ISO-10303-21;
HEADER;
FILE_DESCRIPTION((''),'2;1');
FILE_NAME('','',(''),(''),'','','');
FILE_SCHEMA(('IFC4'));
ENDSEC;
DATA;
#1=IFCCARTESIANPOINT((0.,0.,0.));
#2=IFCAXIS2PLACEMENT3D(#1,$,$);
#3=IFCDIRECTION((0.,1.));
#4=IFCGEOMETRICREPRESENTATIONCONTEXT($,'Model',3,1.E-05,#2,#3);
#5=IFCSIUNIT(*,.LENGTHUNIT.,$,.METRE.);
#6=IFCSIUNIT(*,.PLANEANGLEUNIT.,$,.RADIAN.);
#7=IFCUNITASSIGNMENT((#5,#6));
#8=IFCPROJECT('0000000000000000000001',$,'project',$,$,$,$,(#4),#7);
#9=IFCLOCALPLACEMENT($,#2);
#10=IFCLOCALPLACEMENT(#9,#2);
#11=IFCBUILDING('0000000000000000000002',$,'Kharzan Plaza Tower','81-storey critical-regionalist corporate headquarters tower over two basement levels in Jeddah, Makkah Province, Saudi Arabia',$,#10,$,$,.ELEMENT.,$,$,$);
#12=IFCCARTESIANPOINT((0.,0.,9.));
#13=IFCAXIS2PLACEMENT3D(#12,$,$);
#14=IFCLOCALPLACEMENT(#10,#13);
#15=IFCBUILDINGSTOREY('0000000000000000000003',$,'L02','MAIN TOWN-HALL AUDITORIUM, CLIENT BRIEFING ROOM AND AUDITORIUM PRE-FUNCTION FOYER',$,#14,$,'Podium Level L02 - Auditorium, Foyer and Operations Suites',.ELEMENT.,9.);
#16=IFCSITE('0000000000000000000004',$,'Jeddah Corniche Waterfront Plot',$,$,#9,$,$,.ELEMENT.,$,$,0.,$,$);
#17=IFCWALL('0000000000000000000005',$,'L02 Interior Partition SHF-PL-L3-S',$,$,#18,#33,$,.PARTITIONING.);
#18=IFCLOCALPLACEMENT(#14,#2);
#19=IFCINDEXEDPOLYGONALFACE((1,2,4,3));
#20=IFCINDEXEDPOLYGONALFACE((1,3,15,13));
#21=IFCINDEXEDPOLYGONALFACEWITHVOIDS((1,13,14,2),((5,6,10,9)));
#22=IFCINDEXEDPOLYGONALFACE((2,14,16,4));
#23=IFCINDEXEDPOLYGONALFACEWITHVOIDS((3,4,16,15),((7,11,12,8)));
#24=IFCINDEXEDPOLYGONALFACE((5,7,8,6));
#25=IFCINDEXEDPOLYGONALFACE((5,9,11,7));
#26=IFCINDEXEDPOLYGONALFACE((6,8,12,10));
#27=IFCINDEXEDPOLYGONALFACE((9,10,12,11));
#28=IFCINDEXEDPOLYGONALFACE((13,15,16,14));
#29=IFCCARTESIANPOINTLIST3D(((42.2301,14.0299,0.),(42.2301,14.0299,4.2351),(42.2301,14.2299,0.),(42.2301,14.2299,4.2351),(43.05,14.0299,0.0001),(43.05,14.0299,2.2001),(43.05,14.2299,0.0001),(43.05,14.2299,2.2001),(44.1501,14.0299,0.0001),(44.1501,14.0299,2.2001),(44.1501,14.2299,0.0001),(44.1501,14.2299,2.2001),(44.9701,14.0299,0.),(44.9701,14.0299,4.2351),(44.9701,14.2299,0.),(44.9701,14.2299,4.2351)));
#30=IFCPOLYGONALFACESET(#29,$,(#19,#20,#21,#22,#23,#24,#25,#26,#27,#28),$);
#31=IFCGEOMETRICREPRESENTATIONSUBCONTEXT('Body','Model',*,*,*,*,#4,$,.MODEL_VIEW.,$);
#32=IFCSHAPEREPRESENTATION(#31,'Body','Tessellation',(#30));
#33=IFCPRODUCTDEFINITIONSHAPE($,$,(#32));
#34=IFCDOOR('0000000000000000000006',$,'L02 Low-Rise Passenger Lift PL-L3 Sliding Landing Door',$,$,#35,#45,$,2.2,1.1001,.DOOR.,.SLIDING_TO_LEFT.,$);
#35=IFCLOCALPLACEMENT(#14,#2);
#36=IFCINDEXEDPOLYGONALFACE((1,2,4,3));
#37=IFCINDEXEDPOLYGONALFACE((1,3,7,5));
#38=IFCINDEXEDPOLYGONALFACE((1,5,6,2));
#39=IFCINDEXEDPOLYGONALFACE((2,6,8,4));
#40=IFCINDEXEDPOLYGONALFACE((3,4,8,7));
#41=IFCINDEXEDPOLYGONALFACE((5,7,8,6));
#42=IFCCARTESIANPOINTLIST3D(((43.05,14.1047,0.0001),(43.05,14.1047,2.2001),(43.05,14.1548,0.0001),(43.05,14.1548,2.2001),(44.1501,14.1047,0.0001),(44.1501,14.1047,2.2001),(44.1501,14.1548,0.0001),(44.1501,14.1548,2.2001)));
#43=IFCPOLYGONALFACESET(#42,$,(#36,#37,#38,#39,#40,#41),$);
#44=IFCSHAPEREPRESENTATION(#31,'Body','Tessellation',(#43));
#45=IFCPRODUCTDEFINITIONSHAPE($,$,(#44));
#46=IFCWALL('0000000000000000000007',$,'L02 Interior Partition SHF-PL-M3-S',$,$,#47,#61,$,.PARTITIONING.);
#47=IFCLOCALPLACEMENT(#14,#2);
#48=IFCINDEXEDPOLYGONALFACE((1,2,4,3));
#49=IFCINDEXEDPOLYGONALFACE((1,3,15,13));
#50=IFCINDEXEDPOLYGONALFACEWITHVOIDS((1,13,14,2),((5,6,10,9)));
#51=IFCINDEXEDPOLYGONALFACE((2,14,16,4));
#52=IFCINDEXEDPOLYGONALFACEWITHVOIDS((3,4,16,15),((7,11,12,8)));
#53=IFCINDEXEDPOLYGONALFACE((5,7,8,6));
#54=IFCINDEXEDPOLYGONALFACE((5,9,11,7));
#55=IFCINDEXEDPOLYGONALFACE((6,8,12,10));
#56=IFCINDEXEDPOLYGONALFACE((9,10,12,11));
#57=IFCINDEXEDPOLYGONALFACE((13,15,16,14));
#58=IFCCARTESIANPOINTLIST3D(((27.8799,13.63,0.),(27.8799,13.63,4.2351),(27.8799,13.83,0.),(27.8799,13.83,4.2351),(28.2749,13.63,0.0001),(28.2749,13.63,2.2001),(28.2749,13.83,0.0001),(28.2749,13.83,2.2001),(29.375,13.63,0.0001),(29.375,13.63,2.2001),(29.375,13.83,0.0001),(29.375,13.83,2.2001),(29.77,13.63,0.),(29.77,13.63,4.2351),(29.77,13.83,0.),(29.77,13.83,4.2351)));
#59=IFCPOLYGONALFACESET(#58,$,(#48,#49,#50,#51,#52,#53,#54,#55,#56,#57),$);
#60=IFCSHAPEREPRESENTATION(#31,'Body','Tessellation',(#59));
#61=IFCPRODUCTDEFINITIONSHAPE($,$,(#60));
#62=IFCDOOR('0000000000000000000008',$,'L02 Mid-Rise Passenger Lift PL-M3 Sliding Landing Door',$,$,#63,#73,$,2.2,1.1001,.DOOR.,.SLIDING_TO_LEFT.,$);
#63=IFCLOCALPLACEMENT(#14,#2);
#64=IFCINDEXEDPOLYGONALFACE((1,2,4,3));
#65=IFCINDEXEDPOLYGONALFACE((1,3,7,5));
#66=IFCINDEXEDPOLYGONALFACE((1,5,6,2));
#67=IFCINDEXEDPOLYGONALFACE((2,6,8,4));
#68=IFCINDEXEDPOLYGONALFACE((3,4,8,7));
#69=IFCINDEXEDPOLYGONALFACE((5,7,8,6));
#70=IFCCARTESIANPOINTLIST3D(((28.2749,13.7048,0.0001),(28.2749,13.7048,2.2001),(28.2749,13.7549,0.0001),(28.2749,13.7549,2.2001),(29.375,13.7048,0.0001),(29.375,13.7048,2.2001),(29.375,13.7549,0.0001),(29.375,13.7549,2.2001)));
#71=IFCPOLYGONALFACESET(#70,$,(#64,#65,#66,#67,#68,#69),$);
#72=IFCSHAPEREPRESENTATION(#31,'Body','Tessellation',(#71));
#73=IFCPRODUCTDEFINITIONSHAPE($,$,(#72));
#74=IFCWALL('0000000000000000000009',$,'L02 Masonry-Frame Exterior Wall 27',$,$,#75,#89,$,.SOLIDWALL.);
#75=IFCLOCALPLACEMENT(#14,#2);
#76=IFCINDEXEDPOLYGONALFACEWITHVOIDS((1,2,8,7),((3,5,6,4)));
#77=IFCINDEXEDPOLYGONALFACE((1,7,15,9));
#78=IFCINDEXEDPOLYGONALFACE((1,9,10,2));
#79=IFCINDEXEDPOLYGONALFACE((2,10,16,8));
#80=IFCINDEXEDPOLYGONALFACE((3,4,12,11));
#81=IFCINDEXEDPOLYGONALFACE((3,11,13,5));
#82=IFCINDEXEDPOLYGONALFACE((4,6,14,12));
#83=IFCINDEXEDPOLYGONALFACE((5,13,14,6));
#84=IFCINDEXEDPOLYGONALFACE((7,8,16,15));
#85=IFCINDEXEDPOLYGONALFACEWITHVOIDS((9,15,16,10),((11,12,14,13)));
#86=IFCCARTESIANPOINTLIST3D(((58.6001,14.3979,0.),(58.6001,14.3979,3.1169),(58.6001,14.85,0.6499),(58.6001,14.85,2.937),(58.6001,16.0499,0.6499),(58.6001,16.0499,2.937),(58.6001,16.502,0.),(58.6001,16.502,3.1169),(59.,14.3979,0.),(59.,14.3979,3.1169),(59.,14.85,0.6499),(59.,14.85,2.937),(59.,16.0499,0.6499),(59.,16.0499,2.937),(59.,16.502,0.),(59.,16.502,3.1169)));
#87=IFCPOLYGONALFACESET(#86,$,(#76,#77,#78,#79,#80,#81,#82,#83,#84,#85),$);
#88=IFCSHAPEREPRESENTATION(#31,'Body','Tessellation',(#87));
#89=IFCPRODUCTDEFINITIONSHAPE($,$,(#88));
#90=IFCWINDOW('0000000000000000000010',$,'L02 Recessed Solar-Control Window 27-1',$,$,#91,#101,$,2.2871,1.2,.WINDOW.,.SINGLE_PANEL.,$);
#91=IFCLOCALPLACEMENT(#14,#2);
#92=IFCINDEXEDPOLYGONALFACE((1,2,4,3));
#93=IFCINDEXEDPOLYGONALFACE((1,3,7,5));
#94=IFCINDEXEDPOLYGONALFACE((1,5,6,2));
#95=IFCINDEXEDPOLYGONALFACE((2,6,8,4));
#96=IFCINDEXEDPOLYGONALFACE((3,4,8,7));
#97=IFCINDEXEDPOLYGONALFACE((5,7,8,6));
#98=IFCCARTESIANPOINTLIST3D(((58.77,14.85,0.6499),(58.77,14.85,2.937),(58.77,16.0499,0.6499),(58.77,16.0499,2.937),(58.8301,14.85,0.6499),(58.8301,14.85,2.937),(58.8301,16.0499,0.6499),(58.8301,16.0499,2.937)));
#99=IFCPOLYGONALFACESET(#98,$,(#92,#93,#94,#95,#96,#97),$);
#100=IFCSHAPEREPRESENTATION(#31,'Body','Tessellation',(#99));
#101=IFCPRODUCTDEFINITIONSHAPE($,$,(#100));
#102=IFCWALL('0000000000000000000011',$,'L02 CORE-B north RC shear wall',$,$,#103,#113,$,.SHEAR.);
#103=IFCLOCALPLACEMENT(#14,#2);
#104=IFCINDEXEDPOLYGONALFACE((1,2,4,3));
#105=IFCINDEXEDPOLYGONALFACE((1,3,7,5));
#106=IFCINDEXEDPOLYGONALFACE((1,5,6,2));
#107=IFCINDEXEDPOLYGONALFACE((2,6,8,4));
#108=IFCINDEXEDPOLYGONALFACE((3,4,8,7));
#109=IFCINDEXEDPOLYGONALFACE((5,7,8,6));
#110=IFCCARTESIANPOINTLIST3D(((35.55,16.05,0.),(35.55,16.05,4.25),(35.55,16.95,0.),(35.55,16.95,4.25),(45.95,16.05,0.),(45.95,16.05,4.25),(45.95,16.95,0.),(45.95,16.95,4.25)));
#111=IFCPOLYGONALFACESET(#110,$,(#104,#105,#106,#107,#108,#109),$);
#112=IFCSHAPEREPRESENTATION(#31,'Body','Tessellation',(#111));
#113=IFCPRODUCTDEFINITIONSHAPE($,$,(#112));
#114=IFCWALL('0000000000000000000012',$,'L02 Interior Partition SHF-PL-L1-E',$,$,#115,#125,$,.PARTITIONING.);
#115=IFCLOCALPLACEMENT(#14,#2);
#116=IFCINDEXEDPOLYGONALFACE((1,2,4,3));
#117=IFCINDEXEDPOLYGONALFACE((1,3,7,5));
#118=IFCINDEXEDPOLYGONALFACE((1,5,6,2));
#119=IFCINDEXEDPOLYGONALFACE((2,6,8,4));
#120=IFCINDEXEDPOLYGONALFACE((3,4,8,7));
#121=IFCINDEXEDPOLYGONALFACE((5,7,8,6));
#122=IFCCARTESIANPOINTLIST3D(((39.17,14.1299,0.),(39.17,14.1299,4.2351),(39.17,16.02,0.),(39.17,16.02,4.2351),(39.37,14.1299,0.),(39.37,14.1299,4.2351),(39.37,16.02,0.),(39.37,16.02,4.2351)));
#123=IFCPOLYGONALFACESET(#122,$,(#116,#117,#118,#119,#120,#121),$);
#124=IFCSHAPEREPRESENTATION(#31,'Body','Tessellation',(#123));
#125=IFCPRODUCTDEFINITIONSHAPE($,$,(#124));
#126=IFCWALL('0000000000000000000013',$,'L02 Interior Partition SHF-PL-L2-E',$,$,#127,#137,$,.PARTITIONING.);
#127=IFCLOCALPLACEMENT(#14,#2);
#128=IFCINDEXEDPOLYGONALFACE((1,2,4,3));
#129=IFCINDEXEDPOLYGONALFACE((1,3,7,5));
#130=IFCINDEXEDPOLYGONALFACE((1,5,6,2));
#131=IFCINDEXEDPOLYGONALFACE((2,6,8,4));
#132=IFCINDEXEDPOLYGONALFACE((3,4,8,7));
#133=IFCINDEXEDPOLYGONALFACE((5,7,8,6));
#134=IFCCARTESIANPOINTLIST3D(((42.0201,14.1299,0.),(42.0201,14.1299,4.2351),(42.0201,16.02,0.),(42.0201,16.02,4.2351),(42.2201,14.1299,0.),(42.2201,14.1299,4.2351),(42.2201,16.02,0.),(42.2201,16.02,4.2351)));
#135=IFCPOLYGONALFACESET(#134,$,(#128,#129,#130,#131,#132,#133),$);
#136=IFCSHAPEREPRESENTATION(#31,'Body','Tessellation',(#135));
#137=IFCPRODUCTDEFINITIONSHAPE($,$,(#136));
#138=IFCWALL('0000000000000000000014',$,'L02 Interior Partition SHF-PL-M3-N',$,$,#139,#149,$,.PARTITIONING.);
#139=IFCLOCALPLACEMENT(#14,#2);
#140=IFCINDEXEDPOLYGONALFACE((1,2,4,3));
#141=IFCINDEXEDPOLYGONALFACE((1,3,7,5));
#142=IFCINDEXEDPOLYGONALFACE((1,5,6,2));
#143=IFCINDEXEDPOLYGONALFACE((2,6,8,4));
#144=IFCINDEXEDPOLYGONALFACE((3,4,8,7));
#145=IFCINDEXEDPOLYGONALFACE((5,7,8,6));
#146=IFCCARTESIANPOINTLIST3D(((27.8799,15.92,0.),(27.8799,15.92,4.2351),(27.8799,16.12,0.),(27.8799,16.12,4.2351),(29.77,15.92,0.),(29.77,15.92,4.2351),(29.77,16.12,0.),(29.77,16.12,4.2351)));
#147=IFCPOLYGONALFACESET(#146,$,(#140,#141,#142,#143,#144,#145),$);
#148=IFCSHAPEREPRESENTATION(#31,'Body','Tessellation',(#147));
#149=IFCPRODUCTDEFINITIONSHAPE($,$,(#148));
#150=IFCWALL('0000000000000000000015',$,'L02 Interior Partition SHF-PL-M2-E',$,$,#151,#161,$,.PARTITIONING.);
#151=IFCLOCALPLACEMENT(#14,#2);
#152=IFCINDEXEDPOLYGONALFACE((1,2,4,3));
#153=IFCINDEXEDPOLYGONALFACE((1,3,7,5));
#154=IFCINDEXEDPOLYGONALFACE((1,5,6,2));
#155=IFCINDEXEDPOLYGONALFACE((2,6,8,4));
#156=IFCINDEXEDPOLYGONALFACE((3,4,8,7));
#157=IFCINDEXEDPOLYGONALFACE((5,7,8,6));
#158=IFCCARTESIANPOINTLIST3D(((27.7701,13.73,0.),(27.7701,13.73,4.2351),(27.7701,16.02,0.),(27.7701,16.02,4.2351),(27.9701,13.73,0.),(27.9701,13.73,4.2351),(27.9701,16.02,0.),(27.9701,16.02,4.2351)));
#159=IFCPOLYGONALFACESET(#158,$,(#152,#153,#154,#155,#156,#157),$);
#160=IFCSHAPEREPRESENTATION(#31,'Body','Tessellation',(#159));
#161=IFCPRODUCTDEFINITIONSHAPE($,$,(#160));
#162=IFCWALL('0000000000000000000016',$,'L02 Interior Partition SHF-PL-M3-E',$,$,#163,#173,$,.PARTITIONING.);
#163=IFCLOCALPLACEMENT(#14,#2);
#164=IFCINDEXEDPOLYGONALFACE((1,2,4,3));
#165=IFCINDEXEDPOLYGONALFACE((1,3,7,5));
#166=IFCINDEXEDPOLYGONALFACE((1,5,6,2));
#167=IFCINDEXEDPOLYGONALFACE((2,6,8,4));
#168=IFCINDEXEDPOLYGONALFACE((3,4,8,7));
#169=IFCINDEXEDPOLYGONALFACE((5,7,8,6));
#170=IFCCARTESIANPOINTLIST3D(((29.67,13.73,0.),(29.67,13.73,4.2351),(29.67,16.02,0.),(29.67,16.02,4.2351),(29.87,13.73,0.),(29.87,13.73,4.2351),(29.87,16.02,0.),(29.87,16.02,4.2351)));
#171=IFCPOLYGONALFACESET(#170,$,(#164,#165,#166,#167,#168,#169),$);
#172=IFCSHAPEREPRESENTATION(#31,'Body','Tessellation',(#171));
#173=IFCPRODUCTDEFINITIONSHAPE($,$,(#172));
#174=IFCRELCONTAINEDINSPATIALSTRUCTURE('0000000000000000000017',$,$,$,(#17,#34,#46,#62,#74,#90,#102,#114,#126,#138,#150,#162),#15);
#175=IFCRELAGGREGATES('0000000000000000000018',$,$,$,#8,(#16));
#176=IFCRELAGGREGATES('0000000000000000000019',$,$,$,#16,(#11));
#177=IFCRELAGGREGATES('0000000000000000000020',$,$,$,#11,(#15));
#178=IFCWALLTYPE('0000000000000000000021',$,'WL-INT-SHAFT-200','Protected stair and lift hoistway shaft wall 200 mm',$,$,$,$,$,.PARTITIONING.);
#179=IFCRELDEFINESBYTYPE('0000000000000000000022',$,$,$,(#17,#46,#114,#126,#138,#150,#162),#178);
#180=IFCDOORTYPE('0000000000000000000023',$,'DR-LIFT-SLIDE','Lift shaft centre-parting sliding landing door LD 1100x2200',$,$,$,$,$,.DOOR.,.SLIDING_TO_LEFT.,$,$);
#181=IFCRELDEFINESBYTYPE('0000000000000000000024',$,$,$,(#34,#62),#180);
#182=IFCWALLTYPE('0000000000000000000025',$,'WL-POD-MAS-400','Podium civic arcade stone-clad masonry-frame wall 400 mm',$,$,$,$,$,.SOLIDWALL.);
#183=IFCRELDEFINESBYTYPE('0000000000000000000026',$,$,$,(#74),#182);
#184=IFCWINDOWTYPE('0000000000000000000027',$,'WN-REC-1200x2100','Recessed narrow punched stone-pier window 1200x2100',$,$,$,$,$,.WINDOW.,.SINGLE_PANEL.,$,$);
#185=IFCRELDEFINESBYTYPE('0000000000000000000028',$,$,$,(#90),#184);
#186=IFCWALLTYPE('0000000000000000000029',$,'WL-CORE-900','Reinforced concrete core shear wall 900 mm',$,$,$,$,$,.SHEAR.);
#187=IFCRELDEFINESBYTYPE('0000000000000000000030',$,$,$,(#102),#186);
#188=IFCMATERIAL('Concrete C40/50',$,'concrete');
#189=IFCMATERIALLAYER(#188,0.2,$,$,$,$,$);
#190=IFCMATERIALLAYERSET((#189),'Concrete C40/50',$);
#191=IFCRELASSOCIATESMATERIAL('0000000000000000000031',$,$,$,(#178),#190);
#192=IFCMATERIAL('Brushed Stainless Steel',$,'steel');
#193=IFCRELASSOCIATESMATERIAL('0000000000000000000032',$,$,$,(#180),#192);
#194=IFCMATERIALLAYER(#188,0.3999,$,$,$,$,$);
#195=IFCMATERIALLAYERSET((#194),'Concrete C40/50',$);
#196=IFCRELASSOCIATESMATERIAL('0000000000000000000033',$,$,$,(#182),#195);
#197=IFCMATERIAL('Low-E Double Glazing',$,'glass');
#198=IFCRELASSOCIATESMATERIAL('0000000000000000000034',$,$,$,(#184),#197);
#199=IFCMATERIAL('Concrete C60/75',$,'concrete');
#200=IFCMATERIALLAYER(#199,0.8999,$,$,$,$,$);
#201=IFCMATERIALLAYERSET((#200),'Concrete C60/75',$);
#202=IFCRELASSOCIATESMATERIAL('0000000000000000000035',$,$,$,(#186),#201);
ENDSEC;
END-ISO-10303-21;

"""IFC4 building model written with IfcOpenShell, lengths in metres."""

from ifc_helpers import new_model, si_unit, direction, frame, frame_2d, origin, place, context, subcontext, project, spatial, rectangle, extrude, source, transform, mapped, material, layer, layer_set, type_object, element, fill, save


model = new_model("IFC4")

# Units and contexts
model_context = context("Model", 3, precision=1e-05, world=origin(), true_north=direction((0.0, 1.0)))
body_context = subcontext(model_context, "Body", "Model", "MODEL_VIEW")
ifc_project = project(units=[si_unit("LENGTHUNIT", "METRE"), si_unit("PLANEANGLEUNIT", "RADIAN")], contexts=[model_context])

# Site, building, storey
site_placement = place(None, origin())
site = spatial("IfcSite", under=ifc_project, at=site_placement, Name="Jeddah Corniche Waterfront Plot", CompositionType="ELEMENT", RefElevation=0.0)
building_placement = place(site_placement, origin())
building = spatial("IfcBuilding", under=site, at=building_placement, Name="Kharzan Plaza Tower", Description="81-storey critical-regionalist corporate headquarters tower over two basement levels in Jeddah, Makkah Province, Saudi Arabia", CompositionType="ELEMENT")
storey_placement = place(building_placement, frame((0.0, 0.0, 9.0)))
storey = spatial("IfcBuildingStorey", under=building, at=storey_placement, Name="L02", Description="MAIN TOWN-HALL AUDITORIUM, CLIENT BRIEFING ROOM AND AUDITORIUM PRE-FUNCTION FOYER", LongName="Podium Level L02 - Auditorium, Foyer and Operations Suites", CompositionType="ELEMENT", Elevation=9.0)

# Shared definitions
ifc_material_1 = material(Name="Concrete C60/75", Category="concrete")

# Walls, openings, doors
ifc_material_2 = material(Name="Concrete C40/50", Category="concrete")
ifc_layer_1 = layer(ifc_material_2, 0.2)
ifc_layer_set_1 = layer_set([ifc_layer_1], Name="Concrete C40/50")
wall_type_1 = type_object("IfcWallType", Name="WL-INT-SHAFT-200", Description="Protected stair and lift hoistway shaft wall 200 mm", PredefinedType="PARTITIONING", material=ifc_layer_set_1)
ifc_material_3 = material(Name="Brushed Stainless Steel", Category="steel")
door_type = type_object("IfcDoorType", Name="DR-LIFT-SLIDE", Description="Lift shaft centre-parting sliding landing door LD 1100x2200", OperationType="SLIDING_TO_LEFT", PredefinedType="DOOR", material=ifc_material_3)
shared_shape_1 = source(origin(), body_context, "Body", "SweptSolid", [
    extrude(rectangle(XDim=1.1001, YDim=2.2, at=frame_2d((0.55, 1.1001))), frame((0.0, 0.0249, 0.0), z_axis=(0.0, -1.0, 0.0), x_axis=(1.0, 0.0, 0.0)), (0.0, 0.0, 1.0), 0.05),
])
wall_1_placement = place(storey_placement, frame((42.23, 14.1299, 0.0), z_axis=(0.0, 0.0, 1.0), x_axis=(1.0, 0.0, 0.0)))
wall_1 = element("IfcWall", 1, at=wall_1_placement, inside=storey, type_object=wall_type_1, Name="L02 Interior Partition SHF-PL-L3-S", PredefinedType="PARTITIONING", context=body_context, shape_type="SweptSolid", body=[
    extrude(rectangle(XDim=2.74, YDim=0.2, at=frame_2d((1.3701, 0.0))), origin(), (0.0, 0.0, 1.0), 4.2351),
])
opening_1_placement = place(wall_1_placement, frame((0.8201, 0.0, 0.0)))
opening_1 = element("IfcOpeningElement", 2, at=opening_1_placement, cuts=wall_1, PredefinedType="OPENING", context=body_context, shape_type="SweptSolid", body=[
    extrude(rectangle(XDim=1.1001, YDim=2.2, at=frame_2d((0.55, 1.1001))), frame((0.0, 0.1099, 0.0), z_axis=(0.0, -1.0, 0.0), x_axis=(1.0, 0.0, 0.0)), (0.0, 0.0, 1.0), 0.22),
])
door_1_placement = place(opening_1_placement, origin())
door_1 = element("IfcDoor", 3, at=door_1_placement, inside=storey, type_object=door_type, Name="L02 Low-Rise Passenger Lift PL-L3 Sliding Landing Door", OperationType="SLIDING_TO_LEFT", OverallHeight=2.2, OverallWidth=1.1001, PredefinedType="DOOR", context=body_context, shape_type="MappedRepresentation", body=[
    mapped(shared_shape_1, transform((0.0, 0.0, 0.0), x_axis=(1.0, 0.0, 0.0), y_axis=(0.0, 1.0, 0.0), z_axis=(0.0, 0.0, 1.0))),
])
fill(opening_1, door_1)
wall_2_placement = place(storey_placement, frame((27.8799, 13.73, 0.0), z_axis=(0.0, 0.0, 1.0), x_axis=(1.0, 0.0, 0.0)))
wall_2 = element("IfcWall", 4, at=wall_2_placement, inside=storey, type_object=wall_type_1, Name="L02 Interior Partition SHF-PL-M3-S", PredefinedType="PARTITIONING", context=body_context, shape_type="SweptSolid", body=[
    extrude(rectangle(XDim=1.8901, YDim=0.2, at=frame_2d((0.9451, 0.0))), origin(), (0.0, 0.0, 1.0), 4.2351),
])
opening_2_placement = place(wall_2_placement, frame((0.395, 0.0, 0.0)))
opening_2 = element("IfcOpeningElement", 5, at=opening_2_placement, cuts=wall_2, PredefinedType="OPENING", context=body_context, shape_type="SweptSolid", body=[
    extrude(rectangle(XDim=1.1001, YDim=2.2, at=frame_2d((0.55, 1.1001))), frame((0.0, 0.1099, 0.0), z_axis=(0.0, -1.0, 0.0), x_axis=(1.0, 0.0, 0.0)), (0.0, 0.0, 1.0), 0.22),
])
door_2_placement = place(opening_2_placement, origin())
door_2 = element("IfcDoor", 6, at=door_2_placement, inside=storey, type_object=door_type, Name="L02 Mid-Rise Passenger Lift PL-M3 Sliding Landing Door", OperationType="SLIDING_TO_LEFT", OverallHeight=2.2, OverallWidth=1.1001, PredefinedType="DOOR", context=body_context, shape_type="MappedRepresentation", body=[
    mapped(shared_shape_1, transform((0.0, 0.0, 0.0), x_axis=(1.0, 0.0, 0.0), y_axis=(0.0, 1.0, 0.0), z_axis=(0.0, 0.0, 1.0))),
])
fill(opening_2, door_2)

# Wall, opening, window
ifc_layer_2 = layer(ifc_material_2, 0.3999)
ifc_layer_set_2 = layer_set([ifc_layer_2], Name="Concrete C40/50")
wall_type_2 = type_object("IfcWallType", Name="WL-POD-MAS-400", Description="Podium civic arcade stone-clad masonry-frame wall 400 mm", PredefinedType="SOLIDWALL", material=ifc_layer_set_2)
wall_3_placement = place(storey_placement, frame((58.8, 14.3979, 0.0), z_axis=(0.0, 0.0, 1.0), x_axis=(0.0, 1.0, 0.0)))
wall_3 = element("IfcWall", 7, at=wall_3_placement, inside=storey, type_object=wall_type_2, Name="L02 Masonry-Frame Exterior Wall 27", PredefinedType="SOLIDWALL", context=body_context, shape_type="SweptSolid", body=[
    extrude(rectangle(XDim=2.104, YDim=0.3999, at=frame_2d((1.052, 0.0))), origin(), (0.0, 0.0, 1.0), 3.1169),
])
opening_3_placement = place(wall_3_placement, frame((0.4519, 0.0, 0.6499)))
opening_3 = element("IfcOpeningElement", 8, at=opening_3_placement, cuts=wall_3, PredefinedType="OPENING", context=body_context, shape_type="SweptSolid", body=[
    extrude(rectangle(XDim=1.2, YDim=2.2871, at=frame_2d((0.6001, 1.1436))), frame((0.0, 0.21, 0.0), z_axis=(0.0, -1.0, 0.0), x_axis=(1.0, 0.0, 0.0)), (0.0, 0.0, 1.0), 0.4199),
])
ifc_material_4 = material(Name="Low-E Double Glazing", Category="glass")
window_type = type_object("IfcWindowType", Name="WN-REC-1200x2100", Description="Recessed narrow punched stone-pier window 1200x2100", PartitioningType="SINGLE_PANEL", PredefinedType="WINDOW", material=ifc_material_4)
shared_shape_2 = source(origin(), body_context, "Body", "SweptSolid", [
    extrude(rectangle(XDim=1.2, YDim=2.2871, at=frame_2d((0.6001, 1.1436))), frame((0.0, 0.03, 0.0), z_axis=(0.0, -1.0, 0.0), x_axis=(1.0, 0.0, 0.0)), (0.0, 0.0, 1.0), 0.0601),
])
window_placement = place(opening_3_placement, origin())
window = element("IfcWindow", 9, at=window_placement, inside=storey, type_object=window_type, Name="L02 Recessed Solar-Control Window 27-1", OverallHeight=2.2871, OverallWidth=1.2, PartitioningType="SINGLE_PANEL", PredefinedType="WINDOW", context=body_context, shape_type="MappedRepresentation", body=[
    mapped(shared_shape_2, transform((0.0, 0.0, 0.0), x_axis=(1.0, 0.0, 0.0), y_axis=(0.0, 1.0, 0.0), z_axis=(0.0, 0.0, 1.0))),
])
fill(opening_3, window)

# Walls
ifc_layer_3 = layer(ifc_material_1, 0.8999)
ifc_layer_set_3 = layer_set([ifc_layer_3], Name="Concrete C60/75")
wall_type_3 = type_object("IfcWallType", Name="WL-CORE-900", Description="Reinforced concrete core shear wall 900 mm", PredefinedType="SHEAR", material=ifc_layer_set_3)
shared_shape_3 = source(origin(), body_context, "Body", "SweptSolid", [
    extrude(rectangle(XDim=10.3999, YDim=0.8999, at=frame_2d((5.2, 0.0))), origin(), (0.0, 0.0, 1.0), 4.25),
])
wall_4_placement = place(storey_placement, frame((35.55, 16.5, 0.0), z_axis=(0.0, 0.0, 1.0), x_axis=(1.0, 0.0, 0.0)))
element("IfcWall", 10, at=wall_4_placement, inside=storey, type_object=wall_type_3, Name="L02 CORE-B north RC shear wall", PredefinedType="SHEAR", context=body_context, shape_type="MappedRepresentation", body=[
    mapped(shared_shape_3, transform((0.0, 0.0, 0.0), x_axis=(1.0, 0.0, 0.0), y_axis=(0.0, 1.0, 0.0), z_axis=(0.0, 0.0, 1.0))),
])
shared_shape_4 = source(origin(), body_context, "Body", "SweptSolid", [
    extrude(rectangle(XDim=1.8901, YDim=0.2, at=frame_2d((0.9451, 0.0))), origin(), (0.0, 0.0, 1.0), 4.2351),
])
for number, where, z_axis, x_axis, name in (
    (11, (39.27, 14.1299, 0.0), (0.0, 0.0, 1.0), (0.0, 1.0, 0.0), "L02 Interior Partition SHF-PL-L1-E"),
    (12, (42.1201, 14.1299, 0.0), (0.0, 0.0, 1.0), (0.0, 1.0, 0.0), "L02 Interior Partition SHF-PL-L2-E"),
    (13, (27.8799, 16.02, 0.0), (0.0, 0.0, 1.0), (1.0, 0.0, 0.0), "L02 Interior Partition SHF-PL-M3-N"),
):
    element("IfcWall", number, at=place(storey_placement, frame(where, z_axis=z_axis, x_axis=x_axis)), inside=storey, type_object=wall_type_1, Name=name, PredefinedType="PARTITIONING", context=body_context, shape_type="MappedRepresentation", body=[
        mapped(shared_shape_4, transform((0.0, 0.0, 0.0), x_axis=(1.0, 0.0, 0.0), y_axis=(0.0, 1.0, 0.0), z_axis=(0.0, 0.0, 1.0))),
    ])
shared_shape_5 = source(origin(), body_context, "Body", "SweptSolid", [
    extrude(rectangle(XDim=2.29, YDim=0.2, at=frame_2d((1.145, 0.0))), origin(), (0.0, 0.0, 1.0), 4.2351),
])
for number, where, z_axis, x_axis, name in (
    (14, (27.8701, 13.73, 0.0), (0.0, 0.0, 1.0), (0.0, 1.0, 0.0), "L02 Interior Partition SHF-PL-M2-E"),
    (15, (29.77, 13.73, 0.0), (0.0, 0.0, 1.0), (0.0, 1.0, 0.0), "L02 Interior Partition SHF-PL-M3-E"),
):
    element("IfcWall", number, at=place(storey_placement, frame(where, z_axis=z_axis, x_axis=x_axis)), inside=storey, type_object=wall_type_1, Name=name, PredefinedType="PARTITIONING", context=body_context, shape_type="MappedRepresentation", body=[
        mapped(shared_shape_5, transform((0.0, 0.0, 0.0), x_axis=(1.0, 0.0, 0.0), y_axis=(0.0, 1.0, 0.0), z_axis=(0.0, 0.0, 1.0))),
    ])

save(model, "model.ifc")
